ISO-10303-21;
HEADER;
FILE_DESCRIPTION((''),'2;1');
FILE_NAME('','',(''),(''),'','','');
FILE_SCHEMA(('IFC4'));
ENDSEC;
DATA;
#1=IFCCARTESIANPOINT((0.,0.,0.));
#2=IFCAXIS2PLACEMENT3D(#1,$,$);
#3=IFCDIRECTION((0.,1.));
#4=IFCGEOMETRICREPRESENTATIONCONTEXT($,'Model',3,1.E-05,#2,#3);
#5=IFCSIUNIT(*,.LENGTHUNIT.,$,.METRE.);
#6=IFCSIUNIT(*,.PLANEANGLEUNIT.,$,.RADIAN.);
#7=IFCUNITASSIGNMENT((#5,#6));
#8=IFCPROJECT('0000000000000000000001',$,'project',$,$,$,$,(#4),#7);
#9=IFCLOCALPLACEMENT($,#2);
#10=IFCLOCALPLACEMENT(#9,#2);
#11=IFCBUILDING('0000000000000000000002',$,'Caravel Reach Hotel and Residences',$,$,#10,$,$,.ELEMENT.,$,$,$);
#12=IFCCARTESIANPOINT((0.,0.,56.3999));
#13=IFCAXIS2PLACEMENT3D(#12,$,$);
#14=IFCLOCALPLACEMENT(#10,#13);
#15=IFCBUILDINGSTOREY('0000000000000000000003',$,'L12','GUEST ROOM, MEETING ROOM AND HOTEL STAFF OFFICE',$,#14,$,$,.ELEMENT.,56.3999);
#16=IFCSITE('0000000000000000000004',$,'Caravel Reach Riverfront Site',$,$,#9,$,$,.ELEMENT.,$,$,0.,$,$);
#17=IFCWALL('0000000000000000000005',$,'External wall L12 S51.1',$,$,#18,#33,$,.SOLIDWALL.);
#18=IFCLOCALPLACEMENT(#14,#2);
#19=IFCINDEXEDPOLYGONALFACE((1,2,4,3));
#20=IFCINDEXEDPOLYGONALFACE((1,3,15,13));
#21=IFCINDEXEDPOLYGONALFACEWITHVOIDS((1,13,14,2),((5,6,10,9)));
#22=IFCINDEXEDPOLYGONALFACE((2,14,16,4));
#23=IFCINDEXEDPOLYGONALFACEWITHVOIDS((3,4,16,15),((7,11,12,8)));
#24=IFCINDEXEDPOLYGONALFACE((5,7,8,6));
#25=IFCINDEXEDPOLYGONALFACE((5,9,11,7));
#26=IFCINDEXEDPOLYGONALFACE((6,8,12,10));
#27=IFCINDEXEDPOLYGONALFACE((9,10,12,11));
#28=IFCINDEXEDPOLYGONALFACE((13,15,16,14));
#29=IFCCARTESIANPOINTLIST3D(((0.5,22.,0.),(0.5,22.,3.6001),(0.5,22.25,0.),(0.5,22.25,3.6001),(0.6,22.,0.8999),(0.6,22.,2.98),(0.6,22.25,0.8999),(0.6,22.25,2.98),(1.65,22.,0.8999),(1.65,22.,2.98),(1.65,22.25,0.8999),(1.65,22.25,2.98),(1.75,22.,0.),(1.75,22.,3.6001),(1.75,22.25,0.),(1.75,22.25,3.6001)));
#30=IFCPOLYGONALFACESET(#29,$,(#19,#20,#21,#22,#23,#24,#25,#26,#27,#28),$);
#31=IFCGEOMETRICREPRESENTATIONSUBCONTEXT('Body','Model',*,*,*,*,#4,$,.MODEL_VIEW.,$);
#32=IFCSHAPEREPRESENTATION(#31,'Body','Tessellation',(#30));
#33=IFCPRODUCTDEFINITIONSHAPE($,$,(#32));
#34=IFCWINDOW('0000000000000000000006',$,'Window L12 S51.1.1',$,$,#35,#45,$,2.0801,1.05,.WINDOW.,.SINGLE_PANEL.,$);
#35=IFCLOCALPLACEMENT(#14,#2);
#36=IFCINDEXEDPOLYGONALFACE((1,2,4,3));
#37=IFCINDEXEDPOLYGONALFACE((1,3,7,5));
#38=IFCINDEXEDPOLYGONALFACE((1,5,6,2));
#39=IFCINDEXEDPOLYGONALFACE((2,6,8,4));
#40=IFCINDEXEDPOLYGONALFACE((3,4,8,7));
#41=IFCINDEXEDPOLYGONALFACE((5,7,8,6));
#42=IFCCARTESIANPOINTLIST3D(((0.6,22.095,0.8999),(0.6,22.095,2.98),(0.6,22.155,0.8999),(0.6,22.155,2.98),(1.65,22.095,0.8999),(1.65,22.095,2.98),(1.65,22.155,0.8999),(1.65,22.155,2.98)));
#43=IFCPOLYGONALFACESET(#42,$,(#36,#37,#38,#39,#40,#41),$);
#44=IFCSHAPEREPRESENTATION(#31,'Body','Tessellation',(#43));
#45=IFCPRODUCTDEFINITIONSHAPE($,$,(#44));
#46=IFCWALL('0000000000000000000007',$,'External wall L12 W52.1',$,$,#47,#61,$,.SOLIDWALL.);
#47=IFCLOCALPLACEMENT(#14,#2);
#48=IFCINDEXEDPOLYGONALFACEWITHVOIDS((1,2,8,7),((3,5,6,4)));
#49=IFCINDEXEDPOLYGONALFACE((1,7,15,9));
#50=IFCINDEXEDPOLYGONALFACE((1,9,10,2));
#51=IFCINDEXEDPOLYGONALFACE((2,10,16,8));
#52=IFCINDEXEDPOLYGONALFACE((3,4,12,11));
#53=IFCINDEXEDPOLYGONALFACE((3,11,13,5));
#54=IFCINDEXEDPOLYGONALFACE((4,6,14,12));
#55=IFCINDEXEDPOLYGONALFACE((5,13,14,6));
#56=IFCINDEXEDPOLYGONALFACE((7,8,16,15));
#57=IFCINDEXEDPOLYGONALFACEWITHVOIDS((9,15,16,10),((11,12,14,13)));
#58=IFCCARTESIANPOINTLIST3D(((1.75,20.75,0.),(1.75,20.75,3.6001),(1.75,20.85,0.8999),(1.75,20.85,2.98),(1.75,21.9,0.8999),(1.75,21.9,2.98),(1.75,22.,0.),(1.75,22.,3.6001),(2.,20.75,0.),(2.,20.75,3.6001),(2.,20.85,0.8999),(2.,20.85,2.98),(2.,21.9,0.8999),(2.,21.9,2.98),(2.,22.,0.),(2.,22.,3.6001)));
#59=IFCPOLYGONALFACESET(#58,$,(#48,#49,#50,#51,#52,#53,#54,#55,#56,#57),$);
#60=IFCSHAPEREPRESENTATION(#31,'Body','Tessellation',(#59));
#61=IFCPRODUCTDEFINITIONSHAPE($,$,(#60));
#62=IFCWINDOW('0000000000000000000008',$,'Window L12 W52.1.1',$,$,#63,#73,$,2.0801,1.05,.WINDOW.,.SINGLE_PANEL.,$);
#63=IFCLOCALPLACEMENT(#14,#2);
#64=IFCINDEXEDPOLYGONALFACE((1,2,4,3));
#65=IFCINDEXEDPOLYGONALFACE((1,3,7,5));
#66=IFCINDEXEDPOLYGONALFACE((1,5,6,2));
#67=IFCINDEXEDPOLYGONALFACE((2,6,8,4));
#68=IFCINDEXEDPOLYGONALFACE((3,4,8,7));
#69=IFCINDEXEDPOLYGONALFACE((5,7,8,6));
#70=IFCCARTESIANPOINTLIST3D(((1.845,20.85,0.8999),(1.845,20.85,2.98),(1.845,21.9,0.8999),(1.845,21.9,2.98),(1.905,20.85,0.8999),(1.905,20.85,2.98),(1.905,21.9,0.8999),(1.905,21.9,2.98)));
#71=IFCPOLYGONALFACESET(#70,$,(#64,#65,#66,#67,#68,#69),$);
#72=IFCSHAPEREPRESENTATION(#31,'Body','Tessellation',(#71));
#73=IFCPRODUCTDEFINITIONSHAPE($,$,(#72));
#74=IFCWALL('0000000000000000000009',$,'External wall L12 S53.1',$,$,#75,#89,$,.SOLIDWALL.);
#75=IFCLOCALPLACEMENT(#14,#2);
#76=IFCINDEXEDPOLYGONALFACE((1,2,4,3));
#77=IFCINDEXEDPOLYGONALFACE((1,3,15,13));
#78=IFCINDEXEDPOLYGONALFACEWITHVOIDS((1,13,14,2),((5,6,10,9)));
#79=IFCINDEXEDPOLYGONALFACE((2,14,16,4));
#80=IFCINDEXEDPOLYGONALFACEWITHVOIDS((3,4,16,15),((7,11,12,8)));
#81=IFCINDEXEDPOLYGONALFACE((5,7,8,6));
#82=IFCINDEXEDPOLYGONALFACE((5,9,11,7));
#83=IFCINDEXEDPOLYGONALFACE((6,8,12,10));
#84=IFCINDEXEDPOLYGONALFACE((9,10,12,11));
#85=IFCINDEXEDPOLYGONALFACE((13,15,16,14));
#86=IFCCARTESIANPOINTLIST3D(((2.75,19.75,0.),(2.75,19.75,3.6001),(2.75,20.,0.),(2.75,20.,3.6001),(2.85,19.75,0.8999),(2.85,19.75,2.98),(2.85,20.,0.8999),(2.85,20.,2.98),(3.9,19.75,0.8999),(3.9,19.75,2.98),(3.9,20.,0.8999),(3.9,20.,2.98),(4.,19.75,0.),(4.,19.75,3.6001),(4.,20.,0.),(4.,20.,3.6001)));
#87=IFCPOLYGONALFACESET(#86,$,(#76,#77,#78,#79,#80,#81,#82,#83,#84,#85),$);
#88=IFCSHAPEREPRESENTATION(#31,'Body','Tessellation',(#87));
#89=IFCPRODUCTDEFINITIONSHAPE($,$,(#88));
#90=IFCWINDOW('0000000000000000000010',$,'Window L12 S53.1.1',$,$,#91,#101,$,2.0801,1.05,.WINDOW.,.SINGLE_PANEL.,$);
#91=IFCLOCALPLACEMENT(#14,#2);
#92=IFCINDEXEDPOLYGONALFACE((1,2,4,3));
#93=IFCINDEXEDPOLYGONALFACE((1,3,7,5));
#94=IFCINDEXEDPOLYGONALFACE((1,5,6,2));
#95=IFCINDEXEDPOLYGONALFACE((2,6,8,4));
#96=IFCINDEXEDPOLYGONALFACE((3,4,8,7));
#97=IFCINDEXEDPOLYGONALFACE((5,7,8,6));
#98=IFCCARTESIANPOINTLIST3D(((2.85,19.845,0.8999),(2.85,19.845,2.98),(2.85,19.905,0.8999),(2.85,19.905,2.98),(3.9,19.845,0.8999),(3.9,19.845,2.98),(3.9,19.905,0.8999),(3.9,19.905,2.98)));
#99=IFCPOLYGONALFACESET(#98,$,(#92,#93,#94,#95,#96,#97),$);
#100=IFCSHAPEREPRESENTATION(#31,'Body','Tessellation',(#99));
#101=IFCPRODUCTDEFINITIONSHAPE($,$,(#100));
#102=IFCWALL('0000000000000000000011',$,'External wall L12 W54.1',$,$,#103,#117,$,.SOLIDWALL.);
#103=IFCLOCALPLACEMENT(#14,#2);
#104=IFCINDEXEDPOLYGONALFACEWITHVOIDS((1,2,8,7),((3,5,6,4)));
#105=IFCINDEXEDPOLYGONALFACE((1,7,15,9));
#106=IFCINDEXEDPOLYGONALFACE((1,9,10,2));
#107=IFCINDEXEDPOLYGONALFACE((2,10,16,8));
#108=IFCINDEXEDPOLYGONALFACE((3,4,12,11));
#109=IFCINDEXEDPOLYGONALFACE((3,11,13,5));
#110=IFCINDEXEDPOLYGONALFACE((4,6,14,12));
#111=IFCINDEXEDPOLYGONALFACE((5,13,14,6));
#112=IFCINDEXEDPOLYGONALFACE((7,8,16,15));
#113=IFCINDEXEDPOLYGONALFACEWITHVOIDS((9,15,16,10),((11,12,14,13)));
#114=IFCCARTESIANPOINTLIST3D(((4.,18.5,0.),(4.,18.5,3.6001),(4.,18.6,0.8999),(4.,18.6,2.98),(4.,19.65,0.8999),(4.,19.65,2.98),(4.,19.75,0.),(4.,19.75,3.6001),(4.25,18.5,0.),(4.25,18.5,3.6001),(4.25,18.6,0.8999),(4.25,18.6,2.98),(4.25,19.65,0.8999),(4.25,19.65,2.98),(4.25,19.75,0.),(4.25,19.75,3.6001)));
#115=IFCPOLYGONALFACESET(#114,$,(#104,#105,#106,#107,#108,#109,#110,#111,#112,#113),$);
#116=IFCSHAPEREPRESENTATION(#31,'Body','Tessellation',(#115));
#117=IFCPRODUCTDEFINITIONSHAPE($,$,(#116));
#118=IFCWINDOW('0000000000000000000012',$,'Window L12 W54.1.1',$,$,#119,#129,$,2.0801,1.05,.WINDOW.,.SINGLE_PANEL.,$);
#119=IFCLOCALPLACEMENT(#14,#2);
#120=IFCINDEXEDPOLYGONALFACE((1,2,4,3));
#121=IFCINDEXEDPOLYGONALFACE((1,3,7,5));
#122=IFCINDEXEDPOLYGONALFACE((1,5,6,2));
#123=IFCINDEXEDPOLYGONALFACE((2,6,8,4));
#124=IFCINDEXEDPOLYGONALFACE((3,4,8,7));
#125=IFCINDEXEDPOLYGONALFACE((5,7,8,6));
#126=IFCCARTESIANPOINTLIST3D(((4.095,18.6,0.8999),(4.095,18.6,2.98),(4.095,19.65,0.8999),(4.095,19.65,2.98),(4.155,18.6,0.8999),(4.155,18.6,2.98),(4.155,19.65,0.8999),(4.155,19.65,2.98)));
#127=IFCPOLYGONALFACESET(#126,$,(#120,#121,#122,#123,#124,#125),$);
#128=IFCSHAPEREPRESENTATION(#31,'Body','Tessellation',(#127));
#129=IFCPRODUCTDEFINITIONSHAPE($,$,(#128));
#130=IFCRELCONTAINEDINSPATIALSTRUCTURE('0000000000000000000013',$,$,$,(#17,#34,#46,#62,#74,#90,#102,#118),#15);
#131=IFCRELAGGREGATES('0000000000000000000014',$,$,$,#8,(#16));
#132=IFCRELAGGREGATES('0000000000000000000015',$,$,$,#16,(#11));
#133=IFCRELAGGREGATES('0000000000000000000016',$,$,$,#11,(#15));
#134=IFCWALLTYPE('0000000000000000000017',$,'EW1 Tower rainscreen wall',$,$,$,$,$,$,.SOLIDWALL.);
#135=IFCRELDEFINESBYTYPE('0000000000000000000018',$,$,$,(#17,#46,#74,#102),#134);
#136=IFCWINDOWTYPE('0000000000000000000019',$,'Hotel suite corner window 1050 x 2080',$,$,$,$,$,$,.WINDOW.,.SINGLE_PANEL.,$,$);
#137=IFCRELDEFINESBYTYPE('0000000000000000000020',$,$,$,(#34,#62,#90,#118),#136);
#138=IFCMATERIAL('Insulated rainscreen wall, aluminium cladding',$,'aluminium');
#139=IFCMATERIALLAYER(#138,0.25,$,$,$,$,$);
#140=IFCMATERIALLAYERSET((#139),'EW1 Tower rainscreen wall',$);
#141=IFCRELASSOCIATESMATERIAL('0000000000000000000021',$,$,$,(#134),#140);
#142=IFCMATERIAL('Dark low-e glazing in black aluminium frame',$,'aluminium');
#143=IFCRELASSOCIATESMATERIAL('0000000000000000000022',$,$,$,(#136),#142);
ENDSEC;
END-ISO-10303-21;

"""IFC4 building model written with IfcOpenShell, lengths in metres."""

from ifc_helpers import new_model, si_unit, direction, frame, frame_2d, origin, place, context, subcontext, project, spatial, rectangle, extrude, material, layer, layer_set, type_object, element, fill, save


model = new_model("IFC4")

# Units and contexts
model_context = context("Model", 3, precision=1e-05, world=origin(), true_north=direction((0.0, 1.0)))
body_context = subcontext(model_context, "Body", "Model", "MODEL_VIEW")
ifc_project = project(units=[si_unit("LENGTHUNIT", "METRE"), si_unit("PLANEANGLEUNIT", "RADIAN")], contexts=[model_context])

# Site, building, storey
site_placement = place(None, origin())
site = spatial("IfcSite", under=ifc_project, at=site_placement, Name="Caravel Reach Riverfront Site", CompositionType="ELEMENT", RefElevation=0.0)
building_placement = place(site_placement, origin())
building = spatial("IfcBuilding", under=site, at=building_placement, Name="Caravel Reach Hotel and Residences", CompositionType="ELEMENT")
storey_placement = place(building_placement, frame((0.0, 0.0, 56.3999)))
storey = spatial("IfcBuildingStorey", under=building, at=storey_placement, Name="L12", Description="GUEST ROOM, MEETING ROOM AND HOTEL STAFF OFFICE", CompositionType="ELEMENT", Elevation=56.3999)

# Walls, openings, windows
ifc_material_1 = material(Name="Insulated rainscreen wall, aluminium cladding", Category="aluminium")
ifc_layer = layer(ifc_material_1, 0.25)
ifc_layer_set = layer_set([ifc_layer], Name="EW1 Tower rainscreen wall")
wall_type = type_object("IfcWallType", Name="EW1 Tower rainscreen wall", PredefinedType="SOLIDWALL", material=ifc_layer_set)
wall_1_placement = place(storey_placement, frame((0.5, 22.125, 0.0), z_axis=(0.0, 0.0, 1.0), x_axis=(1.0, 0.0, 0.0)))
wall_1 = element("IfcWall", 1, at=wall_1_placement, inside=storey, type_object=wall_type, Name="External wall L12 S51.1", PredefinedType="SOLIDWALL", context=body_context, shape_type="SweptSolid", body=[
    extrude(rectangle(XDim=1.25, YDim=0.25, at=frame_2d((0.625, 0.0))), origin(), (0.0, 0.0, 1.0), 3.6001),
])
opening_1_placement = place(wall_1_placement, frame((0.1001, 0.0, 0.8999)))
opening_1 = element("IfcOpeningElement", 2, at=opening_1_placement, cuts=wall_1, PredefinedType="OPENING", context=body_context, shape_type="SweptSolid", body=[
    extrude(rectangle(XDim=1.05, YDim=2.0801, at=frame_2d((0.5249, 1.04))), frame((0.0, 0.135, 0.0), z_axis=(0.0, -1.0, 0.0), x_axis=(1.0, 0.0, 0.0)), (0.0, 0.0, 1.0), 0.27),
])
ifc_material_2 = material(Name="Dark low-e glazing in black aluminium frame", Category="aluminium")
window_type = type_object("IfcWindowType", Name="Hotel suite corner window 1050 x 2080", PartitioningType="SINGLE_PANEL", PredefinedType="WINDOW", material=ifc_material_2)
window_1_placement = place(opening_1_placement, origin())
window_1 = element("IfcWindow", 3, at=window_1_placement, inside=storey, type_object=window_type, Name="Window L12 S51.1.1", OverallHeight=2.0801, OverallWidth=1.05, PartitioningType="SINGLE_PANEL", PredefinedType="WINDOW", context=body_context, shape_type="SweptSolid", body=[
    extrude(rectangle(XDim=1.05, YDim=2.0801, at=frame_2d((0.5249, 1.04))), frame((0.0, 0.03, 0.0), z_axis=(0.0, -1.0, 0.0), x_axis=(1.0, 0.0, 0.0)), (0.0, 0.0, 1.0), 0.0601),
])
fill(opening_1, window_1)
wall_2_placement = place(storey_placement, frame((1.875, 22.0, 0.0), z_axis=(0.0, 0.0, 1.0), x_axis=(0.0, -1.0, 0.0)))
wall_2 = element("IfcWall", 4, at=wall_2_placement, inside=storey, type_object=wall_type, Name="External wall L12 W52.1", PredefinedType="SOLIDWALL", context=body_context, shape_type="SweptSolid", body=[
    extrude(rectangle(XDim=1.25, YDim=0.25, at=frame_2d((0.625, 0.0))), origin(), (0.0, 0.0, 1.0), 3.6001),
])
opening_2_placement = place(wall_2_placement, frame((0.1001, 0.0, 0.8999)))
opening_2 = element("IfcOpeningElement", 5, at=opening_2_placement, cuts=wall_2, PredefinedType="OPENING", context=body_context, shape_type="SweptSolid", body=[
    extrude(rectangle(XDim=1.05, YDim=2.0801, at=frame_2d((0.5249, 1.04))), frame((0.0, 0.135, 0.0), z_axis=(0.0, -1.0, 0.0), x_axis=(1.0, 0.0, 0.0)), (0.0, 0.0, 1.0), 0.27),
])
window_2_placement = place(opening_2_placement, origin())
window_2 = element("IfcWindow", 6, at=window_2_placement, inside=storey, type_object=window_type, Name="Window L12 W52.1.1", OverallHeight=2.0801, OverallWidth=1.05, PartitioningType="SINGLE_PANEL", PredefinedType="WINDOW", context=body_context, shape_type="SweptSolid", body=[
    extrude(rectangle(XDim=1.05, YDim=2.0801, at=frame_2d((0.5249, 1.04))), frame((0.0, 0.03, 0.0), z_axis=(0.0, -1.0, 0.0), x_axis=(1.0, 0.0, 0.0)), (0.0, 0.0, 1.0), 0.0601),
])
fill(opening_2, window_2)
wall_3_placement = place(storey_placement, frame((2.75, 19.875, 0.0), z_axis=(0.0, 0.0, 1.0), x_axis=(1.0, 0.0, 0.0)))
wall_3 = element("IfcWall", 7, at=wall_3_placement, inside=storey, type_object=wall_type, Name="External wall L12 S53.1", PredefinedType="SOLIDWALL", context=body_context, shape_type="SweptSolid", body=[
    extrude(rectangle(XDim=1.25, YDim=0.25, at=frame_2d((0.625, 0.0))), origin(), (0.0, 0.0, 1.0), 3.6001),
])
opening_3_placement = place(wall_3_placement, frame((0.1001, 0.0, 0.8999)))
opening_3 = element("IfcOpeningElement", 8, at=opening_3_placement, cuts=wall_3, PredefinedType="OPENING", context=body_context, shape_type="SweptSolid", body=[
    extrude(rectangle(XDim=1.05, YDim=2.0801, at=frame_2d((0.5249, 1.04))), frame((0.0, 0.135, 0.0), z_axis=(0.0, -1.0, 0.0), x_axis=(1.0, 0.0, 0.0)), (0.0, 0.0, 1.0), 0.27),
])
window_3_placement = place(opening_3_placement, origin())
window_3 = element("IfcWindow", 9, at=window_3_placement, inside=storey, type_object=window_type, Name="Window L12 S53.1.1", OverallHeight=2.0801, OverallWidth=1.05, PartitioningType="SINGLE_PANEL", PredefinedType="WINDOW", context=body_context, shape_type="SweptSolid", body=[
    extrude(rectangle(XDim=1.05, YDim=2.0801, at=frame_2d((0.5249, 1.04))), frame((0.0, 0.03, 0.0), z_axis=(0.0, -1.0, 0.0), x_axis=(1.0, 0.0, 0.0)), (0.0, 0.0, 1.0), 0.0601),
])
fill(opening_3, window_3)
wall_4_placement = place(storey_placement, frame((4.125, 19.75, 0.0), z_axis=(0.0, 0.0, 1.0), x_axis=(0.0, -1.0, 0.0)))
wall_4 = element("IfcWall", 10, at=wall_4_placement, inside=storey, type_object=wall_type, Name="External wall L12 W54.1", PredefinedType="SOLIDWALL", context=body_context, shape_type="SweptSolid", body=[
    extrude(rectangle(XDim=1.25, YDim=0.25, at=frame_2d((0.625, 0.0))), origin(), (0.0, 0.0, 1.0), 3.6001),
])
opening_4_placement = place(wall_4_placement, frame((0.1001, 0.0, 0.8999)))
opening_4 = element("IfcOpeningElement", 11, at=opening_4_placement, cuts=wall_4, PredefinedType="OPENING", context=body_context, shape_type="SweptSolid", body=[
    extrude(rectangle(XDim=1.05, YDim=2.0801, at=frame_2d((0.5249, 1.04))), frame((0.0, 0.135, 0.0), z_axis=(0.0, -1.0, 0.0), x_axis=(1.0, 0.0, 0.0)), (0.0, 0.0, 1.0), 0.27),
])
window_4_placement = place(opening_4_placement, origin())
window_4 = element("IfcWindow", 12, at=window_4_placement, inside=storey, type_object=window_type, Name="Window L12 W54.1.1", OverallHeight=2.0801, OverallWidth=1.05, PartitioningType="SINGLE_PANEL", PredefinedType="WINDOW", context=body_context, shape_type="SweptSolid", body=[
    extrude(rectangle(XDim=1.05, YDim=2.0801, at=frame_2d((0.5249, 1.04))), frame((0.0, 0.03, 0.0), z_axis=(0.0, -1.0, 0.0), x_axis=(1.0, 0.0, 0.0)), (0.0, 0.0, 1.0), 0.0601),
])
fill(opening_4, window_4)

save(model, "model.ifc")
